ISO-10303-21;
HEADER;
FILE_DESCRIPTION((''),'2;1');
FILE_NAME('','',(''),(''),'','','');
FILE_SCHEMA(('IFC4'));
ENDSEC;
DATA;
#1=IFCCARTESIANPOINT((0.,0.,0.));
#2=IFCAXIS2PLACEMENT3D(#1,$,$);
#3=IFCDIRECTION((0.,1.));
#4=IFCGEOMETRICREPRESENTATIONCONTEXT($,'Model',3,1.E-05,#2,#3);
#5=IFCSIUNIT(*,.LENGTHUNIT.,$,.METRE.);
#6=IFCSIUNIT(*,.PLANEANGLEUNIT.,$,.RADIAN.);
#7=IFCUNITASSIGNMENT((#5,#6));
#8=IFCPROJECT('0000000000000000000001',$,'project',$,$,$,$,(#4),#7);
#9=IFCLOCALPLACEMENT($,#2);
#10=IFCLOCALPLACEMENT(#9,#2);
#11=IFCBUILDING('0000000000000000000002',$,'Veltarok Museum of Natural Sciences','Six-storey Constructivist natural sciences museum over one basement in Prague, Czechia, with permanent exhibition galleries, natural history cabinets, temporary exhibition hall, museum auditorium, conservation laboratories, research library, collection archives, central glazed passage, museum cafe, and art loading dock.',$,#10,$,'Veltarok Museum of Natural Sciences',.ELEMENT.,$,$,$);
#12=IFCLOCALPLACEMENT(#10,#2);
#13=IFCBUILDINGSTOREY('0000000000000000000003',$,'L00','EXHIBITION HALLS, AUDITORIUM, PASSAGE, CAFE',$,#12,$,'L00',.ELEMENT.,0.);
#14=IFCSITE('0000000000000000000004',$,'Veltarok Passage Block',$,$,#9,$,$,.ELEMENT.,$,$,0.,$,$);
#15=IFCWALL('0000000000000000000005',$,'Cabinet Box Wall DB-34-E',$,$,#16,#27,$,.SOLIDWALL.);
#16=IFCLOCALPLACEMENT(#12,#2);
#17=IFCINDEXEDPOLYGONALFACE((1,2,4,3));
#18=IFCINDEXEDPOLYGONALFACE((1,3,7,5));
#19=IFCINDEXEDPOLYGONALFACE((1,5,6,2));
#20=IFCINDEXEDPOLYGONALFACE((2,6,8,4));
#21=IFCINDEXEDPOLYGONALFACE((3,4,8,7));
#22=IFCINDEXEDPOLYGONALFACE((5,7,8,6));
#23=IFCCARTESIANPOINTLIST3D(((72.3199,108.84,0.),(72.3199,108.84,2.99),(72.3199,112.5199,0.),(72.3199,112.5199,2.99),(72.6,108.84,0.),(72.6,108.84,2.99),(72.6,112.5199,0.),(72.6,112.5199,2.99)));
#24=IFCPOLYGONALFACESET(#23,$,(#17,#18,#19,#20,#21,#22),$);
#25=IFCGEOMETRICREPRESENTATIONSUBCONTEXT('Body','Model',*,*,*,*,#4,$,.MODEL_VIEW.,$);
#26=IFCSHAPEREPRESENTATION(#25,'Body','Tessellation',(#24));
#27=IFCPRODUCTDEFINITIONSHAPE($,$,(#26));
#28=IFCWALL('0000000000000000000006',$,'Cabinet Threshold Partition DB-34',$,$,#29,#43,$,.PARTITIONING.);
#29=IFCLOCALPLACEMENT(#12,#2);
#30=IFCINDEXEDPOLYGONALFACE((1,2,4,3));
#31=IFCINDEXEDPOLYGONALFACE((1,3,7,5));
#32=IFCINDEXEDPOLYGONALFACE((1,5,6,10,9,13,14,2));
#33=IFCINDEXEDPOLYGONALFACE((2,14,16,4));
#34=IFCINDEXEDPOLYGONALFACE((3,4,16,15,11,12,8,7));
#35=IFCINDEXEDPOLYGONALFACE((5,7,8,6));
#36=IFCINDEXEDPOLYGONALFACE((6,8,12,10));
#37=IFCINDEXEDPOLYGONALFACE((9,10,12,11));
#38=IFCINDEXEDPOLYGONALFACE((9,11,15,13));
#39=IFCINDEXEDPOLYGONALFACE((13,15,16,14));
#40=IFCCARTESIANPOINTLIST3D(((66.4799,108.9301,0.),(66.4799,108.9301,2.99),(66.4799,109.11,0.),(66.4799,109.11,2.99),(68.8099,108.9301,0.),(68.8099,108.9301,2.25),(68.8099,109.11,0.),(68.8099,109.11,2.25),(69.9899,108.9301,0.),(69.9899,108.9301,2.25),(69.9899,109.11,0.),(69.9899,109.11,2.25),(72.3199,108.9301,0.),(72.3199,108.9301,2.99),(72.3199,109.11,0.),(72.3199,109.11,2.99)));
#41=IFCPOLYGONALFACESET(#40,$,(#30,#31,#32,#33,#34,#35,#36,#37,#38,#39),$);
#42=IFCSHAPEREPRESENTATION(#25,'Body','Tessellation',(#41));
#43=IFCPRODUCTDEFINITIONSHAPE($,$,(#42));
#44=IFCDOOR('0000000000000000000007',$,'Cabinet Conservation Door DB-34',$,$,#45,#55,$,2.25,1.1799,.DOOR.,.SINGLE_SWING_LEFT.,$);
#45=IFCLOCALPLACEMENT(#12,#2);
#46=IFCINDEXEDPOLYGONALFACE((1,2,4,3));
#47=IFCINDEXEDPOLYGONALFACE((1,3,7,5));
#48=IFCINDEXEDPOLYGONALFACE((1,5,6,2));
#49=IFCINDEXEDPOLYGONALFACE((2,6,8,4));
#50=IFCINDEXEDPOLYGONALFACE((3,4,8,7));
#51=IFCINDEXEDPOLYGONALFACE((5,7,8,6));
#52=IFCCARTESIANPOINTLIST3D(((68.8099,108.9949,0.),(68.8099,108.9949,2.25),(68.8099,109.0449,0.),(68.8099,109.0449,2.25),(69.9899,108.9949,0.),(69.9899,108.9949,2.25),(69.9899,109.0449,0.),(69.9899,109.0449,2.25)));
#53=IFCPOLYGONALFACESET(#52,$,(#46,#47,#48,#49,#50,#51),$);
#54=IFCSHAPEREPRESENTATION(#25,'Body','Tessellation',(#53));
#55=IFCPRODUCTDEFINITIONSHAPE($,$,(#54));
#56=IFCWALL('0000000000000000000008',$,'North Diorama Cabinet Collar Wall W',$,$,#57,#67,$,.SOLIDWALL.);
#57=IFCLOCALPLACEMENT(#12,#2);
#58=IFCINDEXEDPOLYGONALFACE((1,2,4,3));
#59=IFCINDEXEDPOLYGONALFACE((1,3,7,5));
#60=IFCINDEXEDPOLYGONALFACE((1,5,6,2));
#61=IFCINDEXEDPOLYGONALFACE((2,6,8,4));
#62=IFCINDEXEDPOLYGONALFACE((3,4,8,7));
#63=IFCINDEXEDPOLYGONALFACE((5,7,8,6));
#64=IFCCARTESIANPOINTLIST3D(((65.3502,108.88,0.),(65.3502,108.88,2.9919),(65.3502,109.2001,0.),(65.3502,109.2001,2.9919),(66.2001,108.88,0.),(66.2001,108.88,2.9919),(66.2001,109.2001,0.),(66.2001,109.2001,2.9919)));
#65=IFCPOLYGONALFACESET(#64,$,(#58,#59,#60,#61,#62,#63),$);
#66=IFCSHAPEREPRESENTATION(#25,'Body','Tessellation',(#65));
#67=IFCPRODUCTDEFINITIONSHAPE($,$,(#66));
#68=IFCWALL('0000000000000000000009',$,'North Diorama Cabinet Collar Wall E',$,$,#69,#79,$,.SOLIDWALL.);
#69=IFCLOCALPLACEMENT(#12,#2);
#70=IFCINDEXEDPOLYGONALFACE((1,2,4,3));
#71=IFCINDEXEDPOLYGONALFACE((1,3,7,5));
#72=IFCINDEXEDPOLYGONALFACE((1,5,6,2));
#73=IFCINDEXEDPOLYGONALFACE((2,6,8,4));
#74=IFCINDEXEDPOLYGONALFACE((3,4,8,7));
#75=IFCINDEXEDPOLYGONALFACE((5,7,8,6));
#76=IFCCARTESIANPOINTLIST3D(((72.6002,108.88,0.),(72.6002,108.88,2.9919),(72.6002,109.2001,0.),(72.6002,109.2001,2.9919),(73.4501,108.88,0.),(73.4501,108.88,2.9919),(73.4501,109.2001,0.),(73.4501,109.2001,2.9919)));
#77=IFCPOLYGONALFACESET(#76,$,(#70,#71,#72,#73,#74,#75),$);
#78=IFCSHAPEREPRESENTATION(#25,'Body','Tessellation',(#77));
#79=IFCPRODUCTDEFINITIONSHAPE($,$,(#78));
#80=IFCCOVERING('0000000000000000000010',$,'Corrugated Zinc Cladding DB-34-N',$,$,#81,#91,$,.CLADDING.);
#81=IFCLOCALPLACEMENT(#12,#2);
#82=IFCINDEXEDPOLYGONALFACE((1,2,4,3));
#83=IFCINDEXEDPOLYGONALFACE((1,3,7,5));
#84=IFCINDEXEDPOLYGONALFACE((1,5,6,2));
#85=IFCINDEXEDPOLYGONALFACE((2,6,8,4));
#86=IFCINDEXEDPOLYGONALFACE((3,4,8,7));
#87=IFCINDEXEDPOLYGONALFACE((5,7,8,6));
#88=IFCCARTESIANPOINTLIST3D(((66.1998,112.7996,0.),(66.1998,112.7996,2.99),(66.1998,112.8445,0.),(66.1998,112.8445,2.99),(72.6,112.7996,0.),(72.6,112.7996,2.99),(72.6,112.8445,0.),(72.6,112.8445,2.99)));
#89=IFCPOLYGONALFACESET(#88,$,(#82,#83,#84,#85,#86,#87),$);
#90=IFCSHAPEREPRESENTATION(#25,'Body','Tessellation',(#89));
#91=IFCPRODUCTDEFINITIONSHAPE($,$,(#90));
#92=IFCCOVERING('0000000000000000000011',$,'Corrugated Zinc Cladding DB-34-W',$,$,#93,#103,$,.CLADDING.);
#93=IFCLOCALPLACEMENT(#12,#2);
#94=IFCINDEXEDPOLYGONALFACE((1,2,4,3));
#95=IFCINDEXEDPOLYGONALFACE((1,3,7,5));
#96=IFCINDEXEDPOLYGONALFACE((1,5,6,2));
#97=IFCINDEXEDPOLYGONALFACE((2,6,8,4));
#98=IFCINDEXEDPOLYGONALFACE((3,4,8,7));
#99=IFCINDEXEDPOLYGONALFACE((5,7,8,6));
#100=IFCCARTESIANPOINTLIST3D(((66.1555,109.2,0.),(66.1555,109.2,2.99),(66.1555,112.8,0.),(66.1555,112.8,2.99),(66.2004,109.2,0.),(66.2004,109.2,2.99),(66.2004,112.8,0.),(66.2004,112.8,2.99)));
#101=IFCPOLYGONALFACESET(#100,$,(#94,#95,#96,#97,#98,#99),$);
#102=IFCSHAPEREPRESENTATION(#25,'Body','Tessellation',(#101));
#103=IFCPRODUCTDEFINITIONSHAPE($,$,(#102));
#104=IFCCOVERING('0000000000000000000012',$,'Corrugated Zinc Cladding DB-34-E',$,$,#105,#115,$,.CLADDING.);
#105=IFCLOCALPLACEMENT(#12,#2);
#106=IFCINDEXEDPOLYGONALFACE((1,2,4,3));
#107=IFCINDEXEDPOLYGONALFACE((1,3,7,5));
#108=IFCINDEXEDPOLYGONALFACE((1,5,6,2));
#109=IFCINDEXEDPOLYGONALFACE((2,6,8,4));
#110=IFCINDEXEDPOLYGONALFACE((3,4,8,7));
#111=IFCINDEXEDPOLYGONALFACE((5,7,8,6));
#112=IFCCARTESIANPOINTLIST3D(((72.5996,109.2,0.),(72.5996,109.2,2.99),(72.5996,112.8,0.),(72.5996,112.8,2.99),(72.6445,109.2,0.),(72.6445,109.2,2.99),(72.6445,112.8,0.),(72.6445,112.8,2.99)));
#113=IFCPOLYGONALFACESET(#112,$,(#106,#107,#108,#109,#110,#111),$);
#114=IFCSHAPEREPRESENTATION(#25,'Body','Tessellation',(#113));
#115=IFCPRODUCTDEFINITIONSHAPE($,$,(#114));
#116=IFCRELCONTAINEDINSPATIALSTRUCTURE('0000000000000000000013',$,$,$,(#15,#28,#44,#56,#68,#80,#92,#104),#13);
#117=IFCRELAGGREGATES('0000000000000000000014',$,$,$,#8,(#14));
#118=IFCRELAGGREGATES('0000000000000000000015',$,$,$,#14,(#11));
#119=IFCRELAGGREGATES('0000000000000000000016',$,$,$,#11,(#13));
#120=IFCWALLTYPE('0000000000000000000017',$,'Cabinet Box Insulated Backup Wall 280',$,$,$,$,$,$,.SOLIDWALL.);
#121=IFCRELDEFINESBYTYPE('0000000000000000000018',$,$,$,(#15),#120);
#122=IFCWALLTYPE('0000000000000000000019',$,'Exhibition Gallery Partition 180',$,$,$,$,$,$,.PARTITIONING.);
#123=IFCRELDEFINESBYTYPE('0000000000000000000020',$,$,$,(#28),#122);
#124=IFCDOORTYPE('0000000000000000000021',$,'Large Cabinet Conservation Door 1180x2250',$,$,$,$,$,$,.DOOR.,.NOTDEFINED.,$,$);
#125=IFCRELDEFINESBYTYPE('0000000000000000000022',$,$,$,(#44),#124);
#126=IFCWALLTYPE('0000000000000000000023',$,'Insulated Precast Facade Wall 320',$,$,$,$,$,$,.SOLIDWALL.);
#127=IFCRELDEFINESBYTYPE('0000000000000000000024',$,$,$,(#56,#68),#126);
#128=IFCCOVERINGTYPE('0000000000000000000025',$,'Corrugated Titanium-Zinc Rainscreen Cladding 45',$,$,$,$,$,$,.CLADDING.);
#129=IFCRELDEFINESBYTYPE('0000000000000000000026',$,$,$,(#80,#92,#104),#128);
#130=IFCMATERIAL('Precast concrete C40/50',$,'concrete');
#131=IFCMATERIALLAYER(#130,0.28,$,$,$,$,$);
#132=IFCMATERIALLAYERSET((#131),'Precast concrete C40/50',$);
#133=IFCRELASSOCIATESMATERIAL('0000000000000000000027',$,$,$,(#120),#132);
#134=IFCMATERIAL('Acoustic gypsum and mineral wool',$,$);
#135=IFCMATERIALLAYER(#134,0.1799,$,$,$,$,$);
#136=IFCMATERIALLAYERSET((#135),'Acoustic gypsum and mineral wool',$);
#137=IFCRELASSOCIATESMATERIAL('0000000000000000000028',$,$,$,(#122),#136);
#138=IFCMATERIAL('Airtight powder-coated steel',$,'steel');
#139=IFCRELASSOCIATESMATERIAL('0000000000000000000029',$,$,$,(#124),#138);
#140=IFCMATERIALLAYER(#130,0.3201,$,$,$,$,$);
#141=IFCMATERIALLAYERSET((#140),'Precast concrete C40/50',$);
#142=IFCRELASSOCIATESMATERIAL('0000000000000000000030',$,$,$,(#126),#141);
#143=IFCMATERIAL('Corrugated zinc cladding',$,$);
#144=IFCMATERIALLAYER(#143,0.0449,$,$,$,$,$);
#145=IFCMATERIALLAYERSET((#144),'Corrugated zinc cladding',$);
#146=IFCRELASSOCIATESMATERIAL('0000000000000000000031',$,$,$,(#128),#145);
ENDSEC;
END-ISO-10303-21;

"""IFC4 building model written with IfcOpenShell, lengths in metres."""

from ifc_helpers import new_model, si_unit, direction, frame, frame_2d, origin, place, context, subcontext, project, spatial, rectangle, extrude, material, layer, layer_set, type_object, element, fill, save


model = new_model("IFC4")

# Units and contexts
model_context = context("Model", 3, precision=1e-05, world=origin(), true_north=direction((0.0, 1.0)))
body_context = subcontext(model_context, "Body", "Model", "MODEL_VIEW")
ifc_project = project(units=[si_unit("LENGTHUNIT", "METRE"), si_unit("PLANEANGLEUNIT", "RADIAN")], contexts=[model_context])

# Site, building, storey
site_placement = place(None, origin())
site = spatial("IfcSite", under=ifc_project, at=site_placement, Name="Veltarok Passage Block", CompositionType="ELEMENT", RefElevation=0.0)
building_placement = place(site_placement, origin())
building = spatial("IfcBuilding", under=site, at=building_placement, Name="Veltarok Museum of Natural Sciences", Description="Six-storey Constructivist natural sciences museum over one basement in Prague, Czechia, with permanent exhibition galleries, natural history cabinets, temporary exhibition hall, museum auditorium, conservation laboratories, research library, collection archives, central glazed passage, museum cafe, and art loading dock.", LongName="Veltarok Museum of Natural Sciences", CompositionType="ELEMENT")
storey_placement = place(building_placement, origin())
storey = spatial("IfcBuildingStorey", under=building, at=storey_placement, Name="L00", Description="EXHIBITION HALLS, AUDITORIUM, PASSAGE, CAFE", LongName="L00", CompositionType="ELEMENT", Elevation=0.0)

# Wall
ifc_material_1 = material(Name="Precast concrete C40/50", Category="concrete")
ifc_layer_1 = layer(ifc_material_1, 0.28)
ifc_layer_set_1 = layer_set([ifc_layer_1], Name="Precast concrete C40/50")
wall_type_1 = type_object("IfcWallType", Name="Cabinet Box Insulated Backup Wall 280", PredefinedType="SOLIDWALL", material=ifc_layer_set_1)
for number, where, z_axis, x_axis, name in (
    (1, (72.46, 108.8401, 0.0), (0.0, 0.0, 1.0), (0.0, 1.0, 0.0), "Cabinet Box Wall DB-34-E"),
):
    element("IfcWall", number, at=place(storey_placement, frame(where, z_axis=z_axis, x_axis=x_axis)), inside=storey, type_object=wall_type_1, Name=name, PredefinedType="SOLIDWALL", context=body_context, shape_type="SweptSolid", body=[
        extrude(rectangle(XDim=3.6799, YDim=0.28, at=frame_2d((1.8398, 0.0))), origin(), (0.0, 0.0, 1.0), 2.99),
    ])

# Wall, opening, door
ifc_material_2 = material(Name="Acoustic gypsum and mineral wool")
ifc_layer_2 = layer(ifc_material_2, 0.1799)
ifc_layer_set_2 = layer_set([ifc_layer_2], Name="Acoustic gypsum and mineral wool")
wall_type_2 = type_object("IfcWallType", Name="Exhibition Gallery Partition 180", PredefinedType="PARTITIONING", material=ifc_layer_set_2)
wall_1_placement = place(storey_placement, frame((66.48, 109.02, 0.0), z_axis=(0.0, 0.0, 1.0), x_axis=(1.0, 0.0, 0.0)))
wall_1 = element("IfcWall", 2, at=wall_1_placement, inside=storey, type_object=wall_type_2, Name="Cabinet Threshold Partition DB-34", PredefinedType="PARTITIONING", context=body_context, shape_type="SweptSolid", body=[
    extrude(rectangle(XDim=5.8401, YDim=0.1799, at=frame_2d((2.9199, 0.0))), origin(), (0.0, 0.0, 1.0), 2.99),
])
opening_placement = place(wall_1_placement, frame((2.3301, 0.0, 0.0)))
opening = element("IfcOpeningElement", 3, at=opening_placement, cuts=wall_1, PredefinedType="OPENING", context=body_context, shape_type="SweptSolid", body=[
    extrude(rectangle(XDim=1.1799, YDim=2.25, at=frame_2d((0.5898, 1.125))), frame((0.0, 0.1001, 0.0), z_axis=(0.0, -1.0, 0.0), x_axis=(1.0, 0.0, 0.0)), (0.0, 0.0, 1.0), 0.2),
])
ifc_material_3 = material(Name="Airtight powder-coated steel", Category="steel")
door_type = type_object("IfcDoorType", Name="Large Cabinet Conservation Door 1180x2250", OperationType="NOTDEFINED", PredefinedType="DOOR", material=ifc_material_3)
door_placement = place(opening_placement, origin())
door = element("IfcDoor", 4, at=door_placement, inside=storey, type_object=door_type, Name="Cabinet Conservation Door DB-34", OperationType="SINGLE_SWING_LEFT", OverallHeight=2.25, OverallWidth=1.1799, PredefinedType="DOOR", context=body_context, shape_type="SweptSolid", body=[
    extrude(rectangle(XDim=1.1799, YDim=2.25, at=frame_2d((0.5898, 1.125))), frame((0.0, 0.0249, 0.0), z_axis=(0.0, -1.0, 0.0), x_axis=(1.0, 0.0, 0.0)), (0.0, 0.0, 1.0), 0.05),
])
fill(opening, door)

# Walls
ifc_layer_3 = layer(ifc_material_1, 0.3201)
ifc_layer_set_3 = layer_set([ifc_layer_3], Name="Precast concrete C40/50")
wall_type_3 = type_object("IfcWallType", Name="Insulated Precast Facade Wall 320", PredefinedType="SOLIDWALL", material=ifc_layer_set_3)
for number, where, z_axis, x_axis, name in (
    (5, (66.2, 109.04, 0.0), (0.0, 0.0, 1.0), (-1.0, 0.0, 0.0), "North Diorama Cabinet Collar Wall W"),
    (6, (73.45, 109.04, 0.0), (0.0, 0.0, 1.0), (-1.0, 0.0, 0.0), "North Diorama Cabinet Collar Wall E"),
):
    element("IfcWall", number, at=place(storey_placement, frame(where, z_axis=z_axis, x_axis=x_axis)), inside=storey, type_object=wall_type_3, Name=name, PredefinedType="SOLIDWALL", context=body_context, shape_type="SweptSolid", body=[
        extrude(rectangle(XDim=0.8499, YDim=0.3201, at=frame_2d((0.4248, 0.0))), origin(), (0.0, 0.0, 1.0), 2.9919),
    ])

# Coverings
ifc_material_4 = material(Name="Corrugated zinc cladding")
ifc_layer_4 = layer(ifc_material_4, 0.0449)
ifc_layer_set_4 = layer_set([ifc_layer_4], Name="Corrugated zinc cladding")
covering_type = type_object("IfcCoveringType", Name="Corrugated Titanium-Zinc Rainscreen Cladding 45", PredefinedType="CLADDING", material=ifc_layer_set_4)
covering_placement = place(storey_placement, frame((72.6001, 112.822, 0.0), z_axis=(0.0, 0.0, 1.0), x_axis=(-1.0, 0.0, 0.0)))
element("IfcCovering", 7, at=covering_placement, inside=storey, type_object=covering_type, Name="Corrugated Zinc Cladding DB-34-N", PredefinedType="CLADDING", context=body_context, shape_type="SweptSolid", body=[
    extrude(rectangle(XDim=6.4001, YDim=0.0449, at=frame_2d((3.2002, 0.0))), origin(), (0.0, 0.0, 1.0), 2.99),
])
for number, where, z_axis, x_axis, name in (
    (8, (66.178, 112.8, 0.0), (0.0, 0.0, 1.0), (0.0, -1.0, 0.0), "Corrugated Zinc Cladding DB-34-W"),
    (9, (72.6221, 109.2, 0.0), (0.0, 0.0, 1.0), (0.0, 1.0, 0.0), "Corrugated Zinc Cladding DB-34-E"),
):
    element("IfcCovering", number, at=place(storey_placement, frame(where, z_axis=z_axis, x_axis=x_axis)), inside=storey, type_object=covering_type, Name=name, PredefinedType="CLADDING", context=body_context, shape_type="SweptSolid", body=[
        extrude(rectangle(XDim=3.6001, YDim=0.0449, at=frame_2d((1.8, 0.0))), origin(), (0.0, 0.0, 1.0), 2.99),
    ])

save(model, "model.ifc")
